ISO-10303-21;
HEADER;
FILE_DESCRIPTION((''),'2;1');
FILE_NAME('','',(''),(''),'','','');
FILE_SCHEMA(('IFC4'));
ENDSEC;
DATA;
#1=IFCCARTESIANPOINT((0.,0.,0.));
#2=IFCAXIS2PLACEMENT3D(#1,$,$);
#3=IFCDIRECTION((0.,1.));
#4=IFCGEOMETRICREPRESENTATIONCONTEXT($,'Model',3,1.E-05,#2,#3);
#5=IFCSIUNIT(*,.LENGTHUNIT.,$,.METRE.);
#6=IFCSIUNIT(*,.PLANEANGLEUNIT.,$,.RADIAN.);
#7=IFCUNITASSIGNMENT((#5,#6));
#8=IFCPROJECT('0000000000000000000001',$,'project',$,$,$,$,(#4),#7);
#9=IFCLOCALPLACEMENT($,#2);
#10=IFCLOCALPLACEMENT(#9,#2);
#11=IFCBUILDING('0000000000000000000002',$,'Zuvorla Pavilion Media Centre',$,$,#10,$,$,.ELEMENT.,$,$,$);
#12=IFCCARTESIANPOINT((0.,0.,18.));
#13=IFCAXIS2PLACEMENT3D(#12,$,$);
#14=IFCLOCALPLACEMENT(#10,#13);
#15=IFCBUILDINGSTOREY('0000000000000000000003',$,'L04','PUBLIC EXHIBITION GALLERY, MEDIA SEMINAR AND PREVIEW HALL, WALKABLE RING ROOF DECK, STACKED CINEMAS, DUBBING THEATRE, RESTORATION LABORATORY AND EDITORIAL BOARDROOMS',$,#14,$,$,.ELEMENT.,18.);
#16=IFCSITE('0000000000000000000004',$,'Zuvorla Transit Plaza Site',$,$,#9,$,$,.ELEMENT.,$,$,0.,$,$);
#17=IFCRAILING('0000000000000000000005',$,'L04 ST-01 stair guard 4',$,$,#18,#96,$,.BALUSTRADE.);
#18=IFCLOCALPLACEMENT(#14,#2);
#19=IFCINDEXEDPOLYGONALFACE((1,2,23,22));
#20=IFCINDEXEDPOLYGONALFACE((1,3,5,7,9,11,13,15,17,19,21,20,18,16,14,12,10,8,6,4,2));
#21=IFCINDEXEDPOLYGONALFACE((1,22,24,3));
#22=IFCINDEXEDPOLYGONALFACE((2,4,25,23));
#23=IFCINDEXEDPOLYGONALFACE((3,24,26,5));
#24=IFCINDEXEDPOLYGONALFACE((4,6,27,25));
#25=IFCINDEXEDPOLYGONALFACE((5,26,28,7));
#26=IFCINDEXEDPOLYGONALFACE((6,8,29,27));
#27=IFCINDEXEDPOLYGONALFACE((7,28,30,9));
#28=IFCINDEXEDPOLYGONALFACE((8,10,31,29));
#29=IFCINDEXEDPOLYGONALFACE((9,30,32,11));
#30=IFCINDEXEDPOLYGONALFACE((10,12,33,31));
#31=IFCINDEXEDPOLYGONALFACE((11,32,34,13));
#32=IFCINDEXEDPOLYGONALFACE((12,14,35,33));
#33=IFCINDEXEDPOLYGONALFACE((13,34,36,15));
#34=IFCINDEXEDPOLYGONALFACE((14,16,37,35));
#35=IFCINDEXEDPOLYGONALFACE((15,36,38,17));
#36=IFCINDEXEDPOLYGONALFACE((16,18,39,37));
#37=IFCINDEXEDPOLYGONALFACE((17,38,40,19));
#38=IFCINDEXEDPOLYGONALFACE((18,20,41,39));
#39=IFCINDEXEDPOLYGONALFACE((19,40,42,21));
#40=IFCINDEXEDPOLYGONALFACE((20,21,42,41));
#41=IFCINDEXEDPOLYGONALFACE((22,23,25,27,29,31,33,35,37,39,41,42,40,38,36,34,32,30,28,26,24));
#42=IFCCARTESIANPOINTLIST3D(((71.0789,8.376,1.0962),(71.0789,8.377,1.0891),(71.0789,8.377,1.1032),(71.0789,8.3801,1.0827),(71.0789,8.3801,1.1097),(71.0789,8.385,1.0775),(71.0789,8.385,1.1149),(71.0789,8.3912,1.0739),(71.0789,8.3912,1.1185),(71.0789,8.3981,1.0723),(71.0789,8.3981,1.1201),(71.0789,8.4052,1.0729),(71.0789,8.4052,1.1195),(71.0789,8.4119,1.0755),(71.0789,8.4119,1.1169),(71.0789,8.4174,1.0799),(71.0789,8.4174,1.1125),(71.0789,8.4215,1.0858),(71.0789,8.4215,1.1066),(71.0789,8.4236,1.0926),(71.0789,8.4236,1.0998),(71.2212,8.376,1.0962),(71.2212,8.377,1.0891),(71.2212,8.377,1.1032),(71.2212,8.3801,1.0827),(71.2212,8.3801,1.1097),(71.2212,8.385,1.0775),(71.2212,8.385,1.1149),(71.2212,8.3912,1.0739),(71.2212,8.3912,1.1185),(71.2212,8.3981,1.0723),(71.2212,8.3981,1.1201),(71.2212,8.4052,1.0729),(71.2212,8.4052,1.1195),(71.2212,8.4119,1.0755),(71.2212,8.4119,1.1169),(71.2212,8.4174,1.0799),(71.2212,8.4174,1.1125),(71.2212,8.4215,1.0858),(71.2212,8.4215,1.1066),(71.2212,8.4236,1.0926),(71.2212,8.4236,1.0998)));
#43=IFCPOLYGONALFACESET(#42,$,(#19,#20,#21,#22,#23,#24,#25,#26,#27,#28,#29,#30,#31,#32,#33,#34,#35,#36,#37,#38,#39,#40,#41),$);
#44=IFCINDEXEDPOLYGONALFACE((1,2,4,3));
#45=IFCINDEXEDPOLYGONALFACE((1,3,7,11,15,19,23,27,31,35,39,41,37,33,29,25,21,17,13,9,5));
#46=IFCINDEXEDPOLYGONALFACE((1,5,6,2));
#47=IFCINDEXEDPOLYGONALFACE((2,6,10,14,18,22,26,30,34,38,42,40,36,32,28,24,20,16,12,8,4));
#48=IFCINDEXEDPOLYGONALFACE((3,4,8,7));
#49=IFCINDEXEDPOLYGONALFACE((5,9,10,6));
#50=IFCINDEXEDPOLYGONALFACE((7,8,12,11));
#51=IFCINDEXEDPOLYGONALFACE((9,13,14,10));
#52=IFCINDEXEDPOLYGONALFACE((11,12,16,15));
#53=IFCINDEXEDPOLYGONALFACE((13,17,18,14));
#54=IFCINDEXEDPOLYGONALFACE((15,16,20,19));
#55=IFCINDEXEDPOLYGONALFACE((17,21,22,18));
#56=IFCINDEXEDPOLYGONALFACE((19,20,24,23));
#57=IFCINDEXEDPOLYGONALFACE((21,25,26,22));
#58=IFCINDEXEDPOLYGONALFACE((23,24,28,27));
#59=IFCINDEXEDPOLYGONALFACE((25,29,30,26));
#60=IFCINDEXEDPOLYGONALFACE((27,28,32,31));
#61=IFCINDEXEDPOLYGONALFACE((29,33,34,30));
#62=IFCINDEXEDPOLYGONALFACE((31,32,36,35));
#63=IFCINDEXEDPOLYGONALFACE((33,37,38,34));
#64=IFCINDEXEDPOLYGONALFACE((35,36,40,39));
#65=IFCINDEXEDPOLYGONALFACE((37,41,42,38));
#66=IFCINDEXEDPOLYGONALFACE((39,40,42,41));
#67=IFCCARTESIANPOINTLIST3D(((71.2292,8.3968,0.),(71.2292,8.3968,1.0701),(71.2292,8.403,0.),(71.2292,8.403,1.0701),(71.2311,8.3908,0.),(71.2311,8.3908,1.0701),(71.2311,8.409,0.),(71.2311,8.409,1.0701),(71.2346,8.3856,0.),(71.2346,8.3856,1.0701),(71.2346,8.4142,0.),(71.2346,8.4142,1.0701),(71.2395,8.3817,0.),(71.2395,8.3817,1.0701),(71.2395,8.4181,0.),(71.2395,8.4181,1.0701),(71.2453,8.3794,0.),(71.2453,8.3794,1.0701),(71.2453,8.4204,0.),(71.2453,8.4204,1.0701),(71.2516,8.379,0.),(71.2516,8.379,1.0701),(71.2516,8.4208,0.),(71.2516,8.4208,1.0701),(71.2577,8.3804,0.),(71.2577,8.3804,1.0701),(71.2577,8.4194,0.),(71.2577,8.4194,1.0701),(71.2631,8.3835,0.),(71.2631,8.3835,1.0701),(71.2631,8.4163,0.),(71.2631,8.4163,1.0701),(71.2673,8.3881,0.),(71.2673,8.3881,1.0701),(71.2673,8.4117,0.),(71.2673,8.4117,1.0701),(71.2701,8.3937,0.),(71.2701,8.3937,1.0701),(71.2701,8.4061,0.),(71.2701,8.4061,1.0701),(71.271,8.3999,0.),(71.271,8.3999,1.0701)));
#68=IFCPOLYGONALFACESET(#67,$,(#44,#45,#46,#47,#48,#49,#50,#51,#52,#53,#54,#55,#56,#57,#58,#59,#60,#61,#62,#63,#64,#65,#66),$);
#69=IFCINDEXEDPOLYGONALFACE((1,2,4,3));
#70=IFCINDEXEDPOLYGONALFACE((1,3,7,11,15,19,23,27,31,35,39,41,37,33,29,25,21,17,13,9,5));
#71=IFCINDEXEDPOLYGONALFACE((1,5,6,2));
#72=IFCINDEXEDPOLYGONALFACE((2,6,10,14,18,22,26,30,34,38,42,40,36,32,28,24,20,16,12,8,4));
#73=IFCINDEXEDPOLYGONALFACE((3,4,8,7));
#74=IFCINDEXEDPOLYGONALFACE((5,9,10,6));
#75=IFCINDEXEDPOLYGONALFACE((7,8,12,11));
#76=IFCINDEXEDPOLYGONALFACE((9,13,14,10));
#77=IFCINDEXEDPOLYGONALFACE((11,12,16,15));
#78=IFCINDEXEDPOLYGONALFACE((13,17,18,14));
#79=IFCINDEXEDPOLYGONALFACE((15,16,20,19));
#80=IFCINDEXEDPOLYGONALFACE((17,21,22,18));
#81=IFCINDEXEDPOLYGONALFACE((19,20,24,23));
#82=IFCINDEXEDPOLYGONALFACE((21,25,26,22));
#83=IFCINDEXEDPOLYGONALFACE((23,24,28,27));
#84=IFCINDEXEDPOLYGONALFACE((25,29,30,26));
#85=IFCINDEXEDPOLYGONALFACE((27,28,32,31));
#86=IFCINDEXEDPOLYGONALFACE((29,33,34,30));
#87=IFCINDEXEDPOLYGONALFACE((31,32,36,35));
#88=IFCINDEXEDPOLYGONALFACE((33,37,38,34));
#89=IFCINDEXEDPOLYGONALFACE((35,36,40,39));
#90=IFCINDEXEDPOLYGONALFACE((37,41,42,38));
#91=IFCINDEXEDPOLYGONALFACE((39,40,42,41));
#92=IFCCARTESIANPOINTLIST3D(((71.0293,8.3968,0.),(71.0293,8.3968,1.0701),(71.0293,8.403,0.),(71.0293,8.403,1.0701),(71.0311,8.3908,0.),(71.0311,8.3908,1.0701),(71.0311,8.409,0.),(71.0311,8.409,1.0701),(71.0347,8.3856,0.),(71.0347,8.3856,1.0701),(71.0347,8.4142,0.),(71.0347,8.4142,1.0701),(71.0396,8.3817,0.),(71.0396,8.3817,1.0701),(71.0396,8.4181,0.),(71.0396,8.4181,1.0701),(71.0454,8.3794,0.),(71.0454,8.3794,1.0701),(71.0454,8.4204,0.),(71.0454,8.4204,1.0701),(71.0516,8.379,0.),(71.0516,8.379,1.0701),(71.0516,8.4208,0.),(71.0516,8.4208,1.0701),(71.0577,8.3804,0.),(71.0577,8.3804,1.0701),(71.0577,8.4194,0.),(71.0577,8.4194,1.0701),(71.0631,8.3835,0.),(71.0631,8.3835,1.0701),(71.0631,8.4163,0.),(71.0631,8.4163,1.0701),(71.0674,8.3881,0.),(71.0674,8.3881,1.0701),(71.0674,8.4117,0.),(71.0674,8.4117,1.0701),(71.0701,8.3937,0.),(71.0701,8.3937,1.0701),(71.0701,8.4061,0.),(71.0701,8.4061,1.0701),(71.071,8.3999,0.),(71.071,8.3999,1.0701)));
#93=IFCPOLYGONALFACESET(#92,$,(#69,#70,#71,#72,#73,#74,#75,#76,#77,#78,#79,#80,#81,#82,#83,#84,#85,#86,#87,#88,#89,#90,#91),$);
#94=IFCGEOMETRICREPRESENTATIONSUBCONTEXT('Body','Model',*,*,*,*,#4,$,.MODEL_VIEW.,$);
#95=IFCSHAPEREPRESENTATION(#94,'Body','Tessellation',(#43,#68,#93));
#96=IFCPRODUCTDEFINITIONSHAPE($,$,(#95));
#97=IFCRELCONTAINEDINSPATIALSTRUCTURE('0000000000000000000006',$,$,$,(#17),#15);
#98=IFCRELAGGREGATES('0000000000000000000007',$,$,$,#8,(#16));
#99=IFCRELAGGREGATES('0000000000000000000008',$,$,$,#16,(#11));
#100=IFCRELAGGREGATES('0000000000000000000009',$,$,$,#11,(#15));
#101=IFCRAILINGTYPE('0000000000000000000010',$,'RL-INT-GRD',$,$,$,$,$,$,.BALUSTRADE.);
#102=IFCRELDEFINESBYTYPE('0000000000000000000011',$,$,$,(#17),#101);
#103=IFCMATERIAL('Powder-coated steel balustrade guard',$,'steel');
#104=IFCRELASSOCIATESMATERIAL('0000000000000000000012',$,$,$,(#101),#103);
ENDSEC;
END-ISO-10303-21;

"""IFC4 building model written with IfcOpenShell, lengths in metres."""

from ifc_helpers import new_model, si_unit, direction, frame, origin, origin_2d, place, context, subcontext, project, spatial, circle, extrude, material, type_object, element, save


model = new_model("IFC4")

# Units and contexts
model_context = context("Model", 3, precision=1e-05, world=origin(), true_north=direction((0.0, 1.0)))
body_context = subcontext(model_context, "Body", "Model", "MODEL_VIEW")
ifc_project = project(units=[si_unit("LENGTHUNIT", "METRE"), si_unit("PLANEANGLEUNIT", "RADIAN")], contexts=[model_context])

# Site, building, storey
site_placement = place(None, origin())
site = spatial("IfcSite", under=ifc_project, at=site_placement, Name="Zuvorla Transit Plaza Site", CompositionType="ELEMENT", RefElevation=0.0)
building_placement = place(site_placement, origin())
building = spatial("IfcBuilding", under=site, at=building_placement, Name="Zuvorla Pavilion Media Centre", CompositionType="ELEMENT")
storey_placement = place(building_placement, frame((0.0, 0.0, 18.0)))
storey = spatial("IfcBuildingStorey", under=building, at=storey_placement, Name="L04", Description="PUBLIC EXHIBITION GALLERY, MEDIA SEMINAR AND PREVIEW HALL, WALKABLE RING ROOF DECK, STACKED CINEMAS, DUBBING THEATRE, RESTORATION LABORATORY AND EDITORIAL BOARDROOMS", CompositionType="ELEMENT", Elevation=18.0)

# Railing
ifc_material_1 = material(Name="Powder-coated steel balustrade guard", Category="steel")
railing_type_1 = type_object("IfcRailingType", Name="RL-INT-GRD", PredefinedType="BALUSTRADE", material=ifc_material_1)
railing_1_placement = place(storey_placement, frame((71.25, 8.3999, 0.0)))
element("IfcRailing", 1, at=railing_1_placement, inside=storey, type_object=railing_type_1, Name="L04 ST-01 stair guard 4", PredefinedType="BALUSTRADE", context=body_context, shape_type="SweptSolid", body=[
    extrude(circle(Radius=0.0239, at=origin_2d()), frame((-0.0288, 0.0, 1.0962), z_axis=(-1.0, 0.0, 0.0), x_axis=(0.0, -1.0, 0.0)), (0.0, 0.0, 1.0), 0.1423),
    extrude(circle(Radius=0.021, at=origin_2d()), origin(), (0.0, 0.0, 1.0), 1.0701),
    extrude(circle(Radius=0.021, at=origin_2d()), frame((-0.2, 0.0, 0.0)), (0.0, 0.0, 1.0), 1.0701),
])

save(model, "model.ifc")
